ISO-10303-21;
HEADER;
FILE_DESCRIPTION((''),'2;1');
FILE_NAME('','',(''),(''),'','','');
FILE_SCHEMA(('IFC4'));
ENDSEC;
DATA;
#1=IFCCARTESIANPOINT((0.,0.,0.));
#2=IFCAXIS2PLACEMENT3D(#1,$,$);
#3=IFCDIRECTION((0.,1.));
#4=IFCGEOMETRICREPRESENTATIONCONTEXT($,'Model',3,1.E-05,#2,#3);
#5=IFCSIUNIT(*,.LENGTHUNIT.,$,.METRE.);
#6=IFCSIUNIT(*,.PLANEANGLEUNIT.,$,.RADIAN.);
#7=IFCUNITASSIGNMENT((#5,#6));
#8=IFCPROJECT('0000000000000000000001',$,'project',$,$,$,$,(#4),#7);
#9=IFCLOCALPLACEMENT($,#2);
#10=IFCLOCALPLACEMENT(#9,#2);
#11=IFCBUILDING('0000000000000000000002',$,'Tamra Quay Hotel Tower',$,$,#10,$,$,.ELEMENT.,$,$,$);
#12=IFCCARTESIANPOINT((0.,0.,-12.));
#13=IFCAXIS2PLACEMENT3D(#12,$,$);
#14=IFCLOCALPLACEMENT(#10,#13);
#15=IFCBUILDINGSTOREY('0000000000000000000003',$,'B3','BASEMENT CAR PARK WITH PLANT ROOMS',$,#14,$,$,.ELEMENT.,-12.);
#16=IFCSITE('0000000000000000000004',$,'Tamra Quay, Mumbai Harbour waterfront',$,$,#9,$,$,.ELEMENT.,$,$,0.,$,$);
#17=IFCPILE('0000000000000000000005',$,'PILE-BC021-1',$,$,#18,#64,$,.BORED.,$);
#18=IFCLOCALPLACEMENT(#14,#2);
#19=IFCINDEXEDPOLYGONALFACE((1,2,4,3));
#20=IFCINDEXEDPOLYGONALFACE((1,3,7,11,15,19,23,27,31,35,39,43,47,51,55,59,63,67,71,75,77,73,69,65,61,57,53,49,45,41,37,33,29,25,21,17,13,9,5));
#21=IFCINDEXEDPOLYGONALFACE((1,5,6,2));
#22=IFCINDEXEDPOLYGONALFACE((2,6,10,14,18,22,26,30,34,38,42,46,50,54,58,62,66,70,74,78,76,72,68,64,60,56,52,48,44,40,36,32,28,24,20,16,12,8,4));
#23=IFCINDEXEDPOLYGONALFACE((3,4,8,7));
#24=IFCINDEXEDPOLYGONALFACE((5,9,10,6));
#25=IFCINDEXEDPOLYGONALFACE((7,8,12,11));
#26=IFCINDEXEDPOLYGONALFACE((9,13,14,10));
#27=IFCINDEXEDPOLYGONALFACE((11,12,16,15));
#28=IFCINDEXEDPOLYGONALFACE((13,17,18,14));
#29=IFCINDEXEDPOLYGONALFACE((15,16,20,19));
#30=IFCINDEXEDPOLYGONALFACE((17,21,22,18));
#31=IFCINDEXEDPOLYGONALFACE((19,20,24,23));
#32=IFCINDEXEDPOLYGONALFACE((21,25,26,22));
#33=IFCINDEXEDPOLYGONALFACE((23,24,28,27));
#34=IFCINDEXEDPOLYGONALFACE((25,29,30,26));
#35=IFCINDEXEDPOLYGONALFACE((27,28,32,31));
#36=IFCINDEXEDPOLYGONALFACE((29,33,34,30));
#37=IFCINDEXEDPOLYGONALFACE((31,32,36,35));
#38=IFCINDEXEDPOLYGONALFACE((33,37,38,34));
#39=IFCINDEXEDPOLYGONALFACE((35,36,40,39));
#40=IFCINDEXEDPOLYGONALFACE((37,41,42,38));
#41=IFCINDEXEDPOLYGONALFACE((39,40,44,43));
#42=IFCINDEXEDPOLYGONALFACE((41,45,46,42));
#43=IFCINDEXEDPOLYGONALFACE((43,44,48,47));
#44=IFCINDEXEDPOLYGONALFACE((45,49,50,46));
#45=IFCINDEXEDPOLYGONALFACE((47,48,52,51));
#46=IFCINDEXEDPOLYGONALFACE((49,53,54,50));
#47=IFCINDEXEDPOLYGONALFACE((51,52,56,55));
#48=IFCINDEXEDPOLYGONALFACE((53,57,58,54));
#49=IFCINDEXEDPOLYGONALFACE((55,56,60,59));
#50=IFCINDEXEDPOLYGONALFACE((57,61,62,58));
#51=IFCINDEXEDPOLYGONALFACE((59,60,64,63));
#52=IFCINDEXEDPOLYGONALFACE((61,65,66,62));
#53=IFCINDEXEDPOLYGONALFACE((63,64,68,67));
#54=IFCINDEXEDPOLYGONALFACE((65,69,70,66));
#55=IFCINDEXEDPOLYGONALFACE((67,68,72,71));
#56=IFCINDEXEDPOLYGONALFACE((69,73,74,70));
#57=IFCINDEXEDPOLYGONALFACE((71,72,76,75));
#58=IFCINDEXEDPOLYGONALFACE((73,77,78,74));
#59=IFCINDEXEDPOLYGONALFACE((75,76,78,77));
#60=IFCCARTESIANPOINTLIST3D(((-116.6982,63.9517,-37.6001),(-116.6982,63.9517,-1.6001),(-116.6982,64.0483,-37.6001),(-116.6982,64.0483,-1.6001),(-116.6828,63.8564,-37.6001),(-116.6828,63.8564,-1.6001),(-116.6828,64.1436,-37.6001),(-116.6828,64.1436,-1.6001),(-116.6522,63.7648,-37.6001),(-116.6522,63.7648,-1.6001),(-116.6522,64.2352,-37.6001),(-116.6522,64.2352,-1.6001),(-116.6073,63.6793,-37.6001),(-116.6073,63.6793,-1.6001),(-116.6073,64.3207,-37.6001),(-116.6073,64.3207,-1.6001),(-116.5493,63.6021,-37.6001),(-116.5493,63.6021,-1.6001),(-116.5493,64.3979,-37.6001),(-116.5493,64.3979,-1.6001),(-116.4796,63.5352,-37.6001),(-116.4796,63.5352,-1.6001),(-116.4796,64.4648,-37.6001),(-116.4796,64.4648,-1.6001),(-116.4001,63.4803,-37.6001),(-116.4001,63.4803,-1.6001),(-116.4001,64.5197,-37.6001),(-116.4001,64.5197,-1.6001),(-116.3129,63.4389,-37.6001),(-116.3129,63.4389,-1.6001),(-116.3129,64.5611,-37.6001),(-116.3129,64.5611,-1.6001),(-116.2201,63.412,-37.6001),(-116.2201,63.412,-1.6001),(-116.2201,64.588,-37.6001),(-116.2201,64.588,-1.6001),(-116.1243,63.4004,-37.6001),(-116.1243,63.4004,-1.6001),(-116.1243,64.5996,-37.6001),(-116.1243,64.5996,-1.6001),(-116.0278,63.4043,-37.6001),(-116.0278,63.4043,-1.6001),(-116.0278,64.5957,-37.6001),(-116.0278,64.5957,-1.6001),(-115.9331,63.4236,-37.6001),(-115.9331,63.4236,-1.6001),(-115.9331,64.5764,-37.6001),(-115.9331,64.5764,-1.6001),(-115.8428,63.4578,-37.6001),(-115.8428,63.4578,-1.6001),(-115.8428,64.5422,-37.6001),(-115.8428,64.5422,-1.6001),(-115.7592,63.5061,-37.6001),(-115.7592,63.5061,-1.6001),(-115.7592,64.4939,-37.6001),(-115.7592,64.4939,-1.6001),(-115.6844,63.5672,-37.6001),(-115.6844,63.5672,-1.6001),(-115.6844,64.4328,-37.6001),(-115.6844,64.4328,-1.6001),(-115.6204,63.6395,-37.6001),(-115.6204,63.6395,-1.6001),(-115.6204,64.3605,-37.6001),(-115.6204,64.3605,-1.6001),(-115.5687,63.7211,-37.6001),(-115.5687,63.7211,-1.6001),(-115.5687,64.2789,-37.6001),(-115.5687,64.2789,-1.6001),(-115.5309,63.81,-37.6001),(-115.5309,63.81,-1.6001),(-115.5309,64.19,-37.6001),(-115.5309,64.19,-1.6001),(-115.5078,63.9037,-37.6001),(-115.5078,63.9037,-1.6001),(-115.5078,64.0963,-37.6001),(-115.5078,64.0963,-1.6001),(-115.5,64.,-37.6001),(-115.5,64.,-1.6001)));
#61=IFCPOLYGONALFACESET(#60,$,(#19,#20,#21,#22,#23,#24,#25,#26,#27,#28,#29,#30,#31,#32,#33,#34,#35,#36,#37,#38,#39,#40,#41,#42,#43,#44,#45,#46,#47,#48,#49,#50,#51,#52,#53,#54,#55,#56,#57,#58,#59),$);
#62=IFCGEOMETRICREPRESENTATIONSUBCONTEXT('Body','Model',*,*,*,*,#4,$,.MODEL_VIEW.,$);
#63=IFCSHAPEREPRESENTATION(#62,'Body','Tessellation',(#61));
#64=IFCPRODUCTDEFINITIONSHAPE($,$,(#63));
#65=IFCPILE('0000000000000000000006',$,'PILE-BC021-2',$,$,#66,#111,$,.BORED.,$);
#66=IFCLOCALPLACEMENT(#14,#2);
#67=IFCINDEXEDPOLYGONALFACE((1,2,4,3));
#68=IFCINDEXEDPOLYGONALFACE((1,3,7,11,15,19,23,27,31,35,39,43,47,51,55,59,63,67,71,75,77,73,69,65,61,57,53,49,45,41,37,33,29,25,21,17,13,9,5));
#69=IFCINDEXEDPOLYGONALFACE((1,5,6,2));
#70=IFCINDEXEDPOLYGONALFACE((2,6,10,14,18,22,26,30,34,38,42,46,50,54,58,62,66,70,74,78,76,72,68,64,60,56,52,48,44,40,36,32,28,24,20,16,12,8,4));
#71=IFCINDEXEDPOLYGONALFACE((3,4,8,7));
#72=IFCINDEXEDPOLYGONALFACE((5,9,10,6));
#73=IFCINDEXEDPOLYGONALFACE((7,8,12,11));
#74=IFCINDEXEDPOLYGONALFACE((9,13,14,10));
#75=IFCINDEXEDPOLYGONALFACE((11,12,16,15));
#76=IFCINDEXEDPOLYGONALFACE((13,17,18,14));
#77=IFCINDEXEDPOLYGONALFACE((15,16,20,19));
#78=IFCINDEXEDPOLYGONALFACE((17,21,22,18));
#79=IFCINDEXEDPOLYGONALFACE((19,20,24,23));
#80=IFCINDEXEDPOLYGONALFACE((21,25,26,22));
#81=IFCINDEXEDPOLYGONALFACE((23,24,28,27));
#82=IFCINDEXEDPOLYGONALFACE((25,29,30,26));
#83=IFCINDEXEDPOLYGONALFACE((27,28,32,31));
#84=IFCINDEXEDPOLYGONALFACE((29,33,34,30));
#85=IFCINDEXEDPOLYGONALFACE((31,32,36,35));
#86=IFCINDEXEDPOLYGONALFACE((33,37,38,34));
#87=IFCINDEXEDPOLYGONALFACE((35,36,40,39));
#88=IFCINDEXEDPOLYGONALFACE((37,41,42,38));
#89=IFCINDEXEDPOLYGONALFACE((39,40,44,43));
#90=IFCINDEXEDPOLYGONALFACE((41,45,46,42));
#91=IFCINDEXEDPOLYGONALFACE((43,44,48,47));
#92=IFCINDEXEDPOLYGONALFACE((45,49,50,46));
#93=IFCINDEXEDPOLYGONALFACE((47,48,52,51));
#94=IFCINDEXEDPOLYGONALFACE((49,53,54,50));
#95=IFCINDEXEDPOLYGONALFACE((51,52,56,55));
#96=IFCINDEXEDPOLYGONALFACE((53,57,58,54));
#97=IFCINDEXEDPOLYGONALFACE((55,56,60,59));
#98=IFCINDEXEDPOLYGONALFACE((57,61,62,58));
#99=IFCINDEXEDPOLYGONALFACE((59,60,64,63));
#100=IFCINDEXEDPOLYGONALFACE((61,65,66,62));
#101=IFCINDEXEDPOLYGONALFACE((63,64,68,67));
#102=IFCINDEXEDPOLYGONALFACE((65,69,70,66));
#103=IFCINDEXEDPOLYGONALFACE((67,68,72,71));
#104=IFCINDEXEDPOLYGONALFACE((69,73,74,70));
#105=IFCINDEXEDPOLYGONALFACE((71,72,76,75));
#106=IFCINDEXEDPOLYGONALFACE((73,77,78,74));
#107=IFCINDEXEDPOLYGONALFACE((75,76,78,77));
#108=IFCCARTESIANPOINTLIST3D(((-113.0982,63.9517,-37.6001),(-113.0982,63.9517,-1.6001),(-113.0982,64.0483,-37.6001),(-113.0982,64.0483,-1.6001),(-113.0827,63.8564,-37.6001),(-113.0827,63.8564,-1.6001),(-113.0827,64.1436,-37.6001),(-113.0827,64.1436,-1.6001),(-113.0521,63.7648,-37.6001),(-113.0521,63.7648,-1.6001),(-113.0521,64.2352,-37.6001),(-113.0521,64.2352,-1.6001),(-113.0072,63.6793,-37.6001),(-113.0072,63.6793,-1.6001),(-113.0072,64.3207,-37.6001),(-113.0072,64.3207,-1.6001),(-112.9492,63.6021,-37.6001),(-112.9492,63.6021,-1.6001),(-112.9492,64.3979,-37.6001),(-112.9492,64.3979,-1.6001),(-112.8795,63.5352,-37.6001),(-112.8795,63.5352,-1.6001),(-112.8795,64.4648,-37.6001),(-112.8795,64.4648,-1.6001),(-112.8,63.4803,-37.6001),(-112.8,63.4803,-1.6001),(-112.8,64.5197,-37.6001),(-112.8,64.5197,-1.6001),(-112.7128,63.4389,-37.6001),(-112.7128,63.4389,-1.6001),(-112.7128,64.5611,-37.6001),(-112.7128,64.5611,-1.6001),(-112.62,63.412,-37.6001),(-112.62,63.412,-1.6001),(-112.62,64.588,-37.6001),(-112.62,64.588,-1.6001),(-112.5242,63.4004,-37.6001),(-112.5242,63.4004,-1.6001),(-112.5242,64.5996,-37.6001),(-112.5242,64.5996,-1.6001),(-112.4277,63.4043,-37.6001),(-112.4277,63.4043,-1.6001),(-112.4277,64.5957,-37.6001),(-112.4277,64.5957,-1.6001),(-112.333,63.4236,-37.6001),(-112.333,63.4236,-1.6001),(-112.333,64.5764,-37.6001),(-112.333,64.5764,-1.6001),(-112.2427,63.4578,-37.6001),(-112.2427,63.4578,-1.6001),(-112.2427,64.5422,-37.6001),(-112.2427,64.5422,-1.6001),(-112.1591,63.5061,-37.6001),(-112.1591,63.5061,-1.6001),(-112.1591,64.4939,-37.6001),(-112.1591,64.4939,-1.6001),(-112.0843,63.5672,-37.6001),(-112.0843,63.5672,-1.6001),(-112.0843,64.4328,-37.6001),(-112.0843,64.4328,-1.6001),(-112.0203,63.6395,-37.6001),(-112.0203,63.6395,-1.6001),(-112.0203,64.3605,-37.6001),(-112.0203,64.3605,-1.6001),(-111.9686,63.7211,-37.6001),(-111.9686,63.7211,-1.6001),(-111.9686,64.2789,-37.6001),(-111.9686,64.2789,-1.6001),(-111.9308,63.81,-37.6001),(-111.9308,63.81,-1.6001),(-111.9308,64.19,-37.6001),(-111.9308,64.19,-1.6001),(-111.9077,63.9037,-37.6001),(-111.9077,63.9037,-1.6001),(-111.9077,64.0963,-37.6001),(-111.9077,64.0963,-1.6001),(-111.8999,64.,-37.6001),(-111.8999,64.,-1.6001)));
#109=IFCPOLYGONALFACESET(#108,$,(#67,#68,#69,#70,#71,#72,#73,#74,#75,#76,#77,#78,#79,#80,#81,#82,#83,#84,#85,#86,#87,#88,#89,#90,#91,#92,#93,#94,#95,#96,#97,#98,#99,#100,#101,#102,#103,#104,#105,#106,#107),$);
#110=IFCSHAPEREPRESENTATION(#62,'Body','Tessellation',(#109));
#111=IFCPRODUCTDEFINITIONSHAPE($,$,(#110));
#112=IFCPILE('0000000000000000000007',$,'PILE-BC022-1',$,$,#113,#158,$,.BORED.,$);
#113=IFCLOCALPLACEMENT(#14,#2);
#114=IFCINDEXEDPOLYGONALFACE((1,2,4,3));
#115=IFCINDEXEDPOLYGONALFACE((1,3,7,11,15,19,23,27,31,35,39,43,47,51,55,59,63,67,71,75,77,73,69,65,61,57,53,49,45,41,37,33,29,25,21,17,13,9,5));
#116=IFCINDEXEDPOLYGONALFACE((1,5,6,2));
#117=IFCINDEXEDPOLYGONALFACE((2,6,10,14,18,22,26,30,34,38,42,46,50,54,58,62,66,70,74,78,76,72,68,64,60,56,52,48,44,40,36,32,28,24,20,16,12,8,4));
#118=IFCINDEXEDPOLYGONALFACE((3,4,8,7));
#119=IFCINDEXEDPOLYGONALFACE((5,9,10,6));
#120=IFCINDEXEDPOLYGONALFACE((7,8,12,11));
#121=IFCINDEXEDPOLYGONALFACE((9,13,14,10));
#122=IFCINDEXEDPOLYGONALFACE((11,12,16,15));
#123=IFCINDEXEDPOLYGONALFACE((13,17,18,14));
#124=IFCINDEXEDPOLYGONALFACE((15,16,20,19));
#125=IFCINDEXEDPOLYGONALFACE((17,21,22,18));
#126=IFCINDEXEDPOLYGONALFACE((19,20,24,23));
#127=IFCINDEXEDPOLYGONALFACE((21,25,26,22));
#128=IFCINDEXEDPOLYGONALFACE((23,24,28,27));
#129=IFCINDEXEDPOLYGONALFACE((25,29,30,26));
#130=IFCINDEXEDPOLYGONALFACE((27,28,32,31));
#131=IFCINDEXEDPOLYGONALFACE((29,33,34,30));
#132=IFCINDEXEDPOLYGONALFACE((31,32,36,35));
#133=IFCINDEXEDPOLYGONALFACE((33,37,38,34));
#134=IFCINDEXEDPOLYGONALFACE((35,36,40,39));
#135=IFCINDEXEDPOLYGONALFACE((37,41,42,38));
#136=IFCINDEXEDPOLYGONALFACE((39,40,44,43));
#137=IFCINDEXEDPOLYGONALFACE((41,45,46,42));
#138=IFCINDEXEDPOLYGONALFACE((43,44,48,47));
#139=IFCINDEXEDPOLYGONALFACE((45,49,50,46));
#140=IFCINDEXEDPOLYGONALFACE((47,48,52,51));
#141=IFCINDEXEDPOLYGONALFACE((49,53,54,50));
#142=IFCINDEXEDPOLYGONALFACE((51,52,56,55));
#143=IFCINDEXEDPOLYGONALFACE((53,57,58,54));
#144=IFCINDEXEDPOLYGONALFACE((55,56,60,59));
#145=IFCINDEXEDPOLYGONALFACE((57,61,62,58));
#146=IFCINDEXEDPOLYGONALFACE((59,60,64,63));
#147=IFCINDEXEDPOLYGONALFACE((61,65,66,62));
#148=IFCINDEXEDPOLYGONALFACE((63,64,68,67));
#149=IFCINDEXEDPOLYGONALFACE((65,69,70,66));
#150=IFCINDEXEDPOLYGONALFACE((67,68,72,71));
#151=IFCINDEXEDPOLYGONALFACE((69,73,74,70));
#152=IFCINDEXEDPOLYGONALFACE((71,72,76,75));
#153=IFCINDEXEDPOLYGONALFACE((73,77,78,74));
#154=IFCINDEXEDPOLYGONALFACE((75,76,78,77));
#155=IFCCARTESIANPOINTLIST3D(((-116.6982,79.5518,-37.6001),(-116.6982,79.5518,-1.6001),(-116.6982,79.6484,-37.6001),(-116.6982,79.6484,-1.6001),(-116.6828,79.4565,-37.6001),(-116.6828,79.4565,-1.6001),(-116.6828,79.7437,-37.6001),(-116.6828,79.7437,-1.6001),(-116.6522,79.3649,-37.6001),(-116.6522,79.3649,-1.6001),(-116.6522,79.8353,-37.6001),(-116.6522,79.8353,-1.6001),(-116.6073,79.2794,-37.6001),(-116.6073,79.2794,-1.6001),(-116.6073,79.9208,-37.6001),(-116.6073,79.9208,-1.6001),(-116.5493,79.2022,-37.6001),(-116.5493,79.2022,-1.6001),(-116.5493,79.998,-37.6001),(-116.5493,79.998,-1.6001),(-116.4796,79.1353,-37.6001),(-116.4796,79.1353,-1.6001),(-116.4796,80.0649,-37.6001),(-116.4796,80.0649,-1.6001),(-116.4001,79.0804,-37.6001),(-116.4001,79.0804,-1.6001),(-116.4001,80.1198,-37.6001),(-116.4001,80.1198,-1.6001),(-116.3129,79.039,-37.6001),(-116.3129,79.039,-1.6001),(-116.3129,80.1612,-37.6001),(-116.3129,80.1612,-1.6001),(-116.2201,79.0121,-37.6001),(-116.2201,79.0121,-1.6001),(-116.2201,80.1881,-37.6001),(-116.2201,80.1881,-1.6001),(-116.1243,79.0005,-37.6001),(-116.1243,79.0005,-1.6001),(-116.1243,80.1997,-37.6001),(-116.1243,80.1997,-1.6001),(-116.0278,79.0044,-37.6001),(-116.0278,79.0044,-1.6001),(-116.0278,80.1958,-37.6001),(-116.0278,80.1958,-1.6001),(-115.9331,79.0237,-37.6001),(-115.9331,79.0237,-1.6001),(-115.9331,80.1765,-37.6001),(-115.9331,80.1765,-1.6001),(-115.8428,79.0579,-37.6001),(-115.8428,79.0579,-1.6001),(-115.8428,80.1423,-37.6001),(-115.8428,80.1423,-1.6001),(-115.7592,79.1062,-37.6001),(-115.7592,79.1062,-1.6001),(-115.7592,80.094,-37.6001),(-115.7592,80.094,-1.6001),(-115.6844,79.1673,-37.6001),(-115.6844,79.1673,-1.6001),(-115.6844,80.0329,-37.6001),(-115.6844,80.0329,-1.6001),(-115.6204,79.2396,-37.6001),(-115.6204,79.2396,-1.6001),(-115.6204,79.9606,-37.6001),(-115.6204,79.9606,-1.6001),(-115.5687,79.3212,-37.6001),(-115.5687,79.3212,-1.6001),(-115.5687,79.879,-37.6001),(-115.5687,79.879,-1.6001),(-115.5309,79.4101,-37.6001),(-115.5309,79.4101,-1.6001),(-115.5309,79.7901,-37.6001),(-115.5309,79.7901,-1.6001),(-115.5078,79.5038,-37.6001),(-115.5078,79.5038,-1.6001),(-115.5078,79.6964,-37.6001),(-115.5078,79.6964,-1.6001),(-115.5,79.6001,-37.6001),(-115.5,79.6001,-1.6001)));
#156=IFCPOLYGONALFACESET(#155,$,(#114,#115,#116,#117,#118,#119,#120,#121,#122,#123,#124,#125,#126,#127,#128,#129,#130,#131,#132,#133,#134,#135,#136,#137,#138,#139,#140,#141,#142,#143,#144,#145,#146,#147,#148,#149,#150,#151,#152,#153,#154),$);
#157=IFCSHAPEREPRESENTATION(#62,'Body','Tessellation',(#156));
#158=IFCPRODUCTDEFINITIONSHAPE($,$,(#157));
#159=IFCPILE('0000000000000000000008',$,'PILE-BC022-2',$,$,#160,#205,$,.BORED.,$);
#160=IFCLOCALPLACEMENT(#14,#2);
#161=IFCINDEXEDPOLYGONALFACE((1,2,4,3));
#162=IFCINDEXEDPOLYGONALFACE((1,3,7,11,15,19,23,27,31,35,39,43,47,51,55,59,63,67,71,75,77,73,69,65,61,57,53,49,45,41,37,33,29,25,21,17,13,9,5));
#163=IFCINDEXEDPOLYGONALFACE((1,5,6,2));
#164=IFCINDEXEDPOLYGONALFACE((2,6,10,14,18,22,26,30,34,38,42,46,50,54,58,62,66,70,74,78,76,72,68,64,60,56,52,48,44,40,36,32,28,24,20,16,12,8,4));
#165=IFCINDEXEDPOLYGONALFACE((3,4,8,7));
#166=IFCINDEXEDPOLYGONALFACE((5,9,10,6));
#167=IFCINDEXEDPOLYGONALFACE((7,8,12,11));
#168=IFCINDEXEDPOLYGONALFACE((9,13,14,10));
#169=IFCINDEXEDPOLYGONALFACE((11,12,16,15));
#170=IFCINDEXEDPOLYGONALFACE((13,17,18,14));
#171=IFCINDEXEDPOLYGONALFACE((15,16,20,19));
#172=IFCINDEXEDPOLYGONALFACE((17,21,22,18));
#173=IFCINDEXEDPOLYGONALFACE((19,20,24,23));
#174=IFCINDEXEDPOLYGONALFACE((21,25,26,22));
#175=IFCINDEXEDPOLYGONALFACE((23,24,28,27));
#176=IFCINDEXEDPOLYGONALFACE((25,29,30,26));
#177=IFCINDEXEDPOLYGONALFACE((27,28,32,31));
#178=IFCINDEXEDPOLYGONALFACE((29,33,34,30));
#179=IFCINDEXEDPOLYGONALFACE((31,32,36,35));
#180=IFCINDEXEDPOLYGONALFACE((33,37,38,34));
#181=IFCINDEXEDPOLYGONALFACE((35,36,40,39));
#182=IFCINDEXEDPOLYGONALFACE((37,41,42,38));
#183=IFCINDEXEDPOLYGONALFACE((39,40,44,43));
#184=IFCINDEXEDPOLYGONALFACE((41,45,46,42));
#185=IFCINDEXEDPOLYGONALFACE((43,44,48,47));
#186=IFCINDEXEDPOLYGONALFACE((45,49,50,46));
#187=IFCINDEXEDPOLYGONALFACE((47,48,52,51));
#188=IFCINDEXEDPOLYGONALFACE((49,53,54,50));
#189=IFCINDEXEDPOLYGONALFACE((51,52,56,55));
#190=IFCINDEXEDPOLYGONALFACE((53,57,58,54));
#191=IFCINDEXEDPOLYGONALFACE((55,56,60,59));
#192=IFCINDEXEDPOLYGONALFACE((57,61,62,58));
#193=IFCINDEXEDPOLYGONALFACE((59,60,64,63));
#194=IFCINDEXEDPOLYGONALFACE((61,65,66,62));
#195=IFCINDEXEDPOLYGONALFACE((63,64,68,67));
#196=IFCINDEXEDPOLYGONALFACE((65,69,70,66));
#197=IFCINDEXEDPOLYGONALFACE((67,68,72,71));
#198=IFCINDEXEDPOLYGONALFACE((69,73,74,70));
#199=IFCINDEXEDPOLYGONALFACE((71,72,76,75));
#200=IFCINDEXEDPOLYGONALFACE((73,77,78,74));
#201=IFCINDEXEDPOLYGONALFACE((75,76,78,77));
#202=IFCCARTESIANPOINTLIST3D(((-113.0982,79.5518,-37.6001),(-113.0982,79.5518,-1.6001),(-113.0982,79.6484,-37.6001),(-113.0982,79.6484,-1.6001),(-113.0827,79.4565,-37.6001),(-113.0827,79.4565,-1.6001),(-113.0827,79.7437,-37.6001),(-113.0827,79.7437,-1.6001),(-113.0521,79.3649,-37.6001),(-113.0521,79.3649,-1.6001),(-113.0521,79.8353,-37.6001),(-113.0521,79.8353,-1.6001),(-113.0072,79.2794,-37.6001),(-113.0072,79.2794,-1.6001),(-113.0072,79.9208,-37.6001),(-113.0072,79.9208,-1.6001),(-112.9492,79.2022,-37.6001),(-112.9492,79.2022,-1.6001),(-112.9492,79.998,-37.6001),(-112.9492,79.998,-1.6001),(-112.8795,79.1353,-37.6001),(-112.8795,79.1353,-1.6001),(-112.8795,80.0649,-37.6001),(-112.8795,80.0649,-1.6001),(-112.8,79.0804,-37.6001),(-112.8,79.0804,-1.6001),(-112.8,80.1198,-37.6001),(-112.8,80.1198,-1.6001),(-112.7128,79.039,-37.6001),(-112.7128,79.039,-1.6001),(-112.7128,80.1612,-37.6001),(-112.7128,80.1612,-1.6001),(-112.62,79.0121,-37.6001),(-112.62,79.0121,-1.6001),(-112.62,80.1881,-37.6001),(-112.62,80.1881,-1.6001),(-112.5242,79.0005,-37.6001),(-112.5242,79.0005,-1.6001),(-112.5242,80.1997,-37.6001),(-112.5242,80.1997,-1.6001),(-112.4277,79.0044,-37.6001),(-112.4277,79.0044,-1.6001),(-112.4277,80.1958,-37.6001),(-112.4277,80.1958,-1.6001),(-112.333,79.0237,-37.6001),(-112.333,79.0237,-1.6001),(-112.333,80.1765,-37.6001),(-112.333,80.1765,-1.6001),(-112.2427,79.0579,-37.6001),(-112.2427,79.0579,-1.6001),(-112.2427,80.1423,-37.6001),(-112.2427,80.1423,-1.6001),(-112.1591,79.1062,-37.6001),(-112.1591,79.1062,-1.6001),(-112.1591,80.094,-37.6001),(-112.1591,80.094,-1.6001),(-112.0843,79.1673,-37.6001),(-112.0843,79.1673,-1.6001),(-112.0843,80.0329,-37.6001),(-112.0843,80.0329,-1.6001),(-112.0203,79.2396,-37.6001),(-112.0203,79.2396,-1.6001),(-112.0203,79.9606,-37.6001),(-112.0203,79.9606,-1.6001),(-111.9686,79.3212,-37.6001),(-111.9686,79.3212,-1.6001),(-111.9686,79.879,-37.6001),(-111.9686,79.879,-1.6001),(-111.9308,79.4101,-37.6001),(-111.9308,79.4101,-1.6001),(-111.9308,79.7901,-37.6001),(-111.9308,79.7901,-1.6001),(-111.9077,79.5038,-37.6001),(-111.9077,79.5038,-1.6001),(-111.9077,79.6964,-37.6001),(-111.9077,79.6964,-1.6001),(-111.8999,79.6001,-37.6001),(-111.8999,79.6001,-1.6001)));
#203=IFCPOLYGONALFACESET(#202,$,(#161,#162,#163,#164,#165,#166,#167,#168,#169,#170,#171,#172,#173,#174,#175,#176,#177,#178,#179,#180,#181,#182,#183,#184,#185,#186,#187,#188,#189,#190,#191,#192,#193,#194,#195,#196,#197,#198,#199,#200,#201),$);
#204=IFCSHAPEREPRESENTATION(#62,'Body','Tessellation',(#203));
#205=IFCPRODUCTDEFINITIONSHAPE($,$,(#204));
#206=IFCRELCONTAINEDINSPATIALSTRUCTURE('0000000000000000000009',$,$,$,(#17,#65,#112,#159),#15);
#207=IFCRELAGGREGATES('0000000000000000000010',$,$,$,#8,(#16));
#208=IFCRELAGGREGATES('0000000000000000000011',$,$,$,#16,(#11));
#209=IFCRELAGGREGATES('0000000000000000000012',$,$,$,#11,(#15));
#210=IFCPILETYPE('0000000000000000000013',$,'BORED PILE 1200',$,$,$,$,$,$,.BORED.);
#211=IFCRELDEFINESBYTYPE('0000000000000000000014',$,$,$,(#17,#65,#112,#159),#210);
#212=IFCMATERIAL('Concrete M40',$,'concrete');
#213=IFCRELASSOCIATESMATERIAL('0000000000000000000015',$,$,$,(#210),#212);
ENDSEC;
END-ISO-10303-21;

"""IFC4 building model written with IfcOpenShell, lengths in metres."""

from ifc_helpers import new_model, si_unit, direction, frame, origin, origin_2d, place, context, subcontext, project, spatial, circle, extrude, material, material_profile, profile_set, type_object, element, save


model = new_model("IFC4")

# Units and contexts
model_context = context("Model", 3, precision=1e-05, world=origin(), true_north=direction((0.0, 1.0)))
body_context = subcontext(model_context, "Body", "Model", "MODEL_VIEW")
ifc_project = project(units=[si_unit("LENGTHUNIT", "METRE"), si_unit("PLANEANGLEUNIT", "RADIAN")], contexts=[model_context])

# Site, building, storey
site_placement = place(None, origin())
site = spatial("IfcSite", under=ifc_project, at=site_placement, Name="Tamra Quay, Mumbai Harbour waterfront", CompositionType="ELEMENT", RefElevation=0.0)
building_placement = place(site_placement, origin())
building = spatial("IfcBuilding", under=site, at=building_placement, Name="Tamra Quay Hotel Tower", CompositionType="ELEMENT")
storey_placement = place(building_placement, frame((0.0, 0.0, -12.0)))
storey = spatial("IfcBuildingStorey", under=building, at=storey_placement, Name="B3", Description="BASEMENT CAR PARK WITH PLANT ROOMS", CompositionType="ELEMENT", Elevation=-12.0)

# Piles
ifc_material_1 = material(Name="Concrete M40", Category="concrete")
ifc_material_profile_1 = material_profile(ifc_material_1, circle(Radius=0.6001, at=origin_2d()), Name="BORED PILE 1200")
ifc_profile_set_1 = profile_set([ifc_material_profile_1], Name="Concrete M40")
pile_type = type_object("IfcPileType", Name="BORED PILE 1200", PredefinedType="BORED", material=ifc_profile_set_1)
for number, where, z_axis, x_axis, name in (
    (1, (-116.1001, 64.0, -1.6001), (0.0, 0.0, -1.0), (1.0, 0.0, 0.0), "PILE-BC021-1"),
    (2, (-112.5, 64.0, -1.6001), (0.0, 0.0, -1.0), (1.0, 0.0, 0.0), "PILE-BC021-2"),
    (3, (-116.1001, 79.6001, -1.6001), (0.0, 0.0, -1.0), (1.0, 0.0, 0.0), "PILE-BC022-1"),
    (4, (-112.5, 79.6001, -1.6001), (0.0, 0.0, -1.0), (1.0, 0.0, 0.0), "PILE-BC022-2"),
):
    element("IfcPile", number, at=place(storey_placement, frame(where, z_axis=z_axis, x_axis=x_axis)), inside=storey, type_object=pile_type, Name=name, PredefinedType="BORED", context=body_context, shape_type="SweptSolid", body=[
        extrude(circle(Radius=0.6001, at=origin_2d()), origin(), (0.0, 0.0, 1.0), 36.0),
    ])

save(model, "model.ifc")
